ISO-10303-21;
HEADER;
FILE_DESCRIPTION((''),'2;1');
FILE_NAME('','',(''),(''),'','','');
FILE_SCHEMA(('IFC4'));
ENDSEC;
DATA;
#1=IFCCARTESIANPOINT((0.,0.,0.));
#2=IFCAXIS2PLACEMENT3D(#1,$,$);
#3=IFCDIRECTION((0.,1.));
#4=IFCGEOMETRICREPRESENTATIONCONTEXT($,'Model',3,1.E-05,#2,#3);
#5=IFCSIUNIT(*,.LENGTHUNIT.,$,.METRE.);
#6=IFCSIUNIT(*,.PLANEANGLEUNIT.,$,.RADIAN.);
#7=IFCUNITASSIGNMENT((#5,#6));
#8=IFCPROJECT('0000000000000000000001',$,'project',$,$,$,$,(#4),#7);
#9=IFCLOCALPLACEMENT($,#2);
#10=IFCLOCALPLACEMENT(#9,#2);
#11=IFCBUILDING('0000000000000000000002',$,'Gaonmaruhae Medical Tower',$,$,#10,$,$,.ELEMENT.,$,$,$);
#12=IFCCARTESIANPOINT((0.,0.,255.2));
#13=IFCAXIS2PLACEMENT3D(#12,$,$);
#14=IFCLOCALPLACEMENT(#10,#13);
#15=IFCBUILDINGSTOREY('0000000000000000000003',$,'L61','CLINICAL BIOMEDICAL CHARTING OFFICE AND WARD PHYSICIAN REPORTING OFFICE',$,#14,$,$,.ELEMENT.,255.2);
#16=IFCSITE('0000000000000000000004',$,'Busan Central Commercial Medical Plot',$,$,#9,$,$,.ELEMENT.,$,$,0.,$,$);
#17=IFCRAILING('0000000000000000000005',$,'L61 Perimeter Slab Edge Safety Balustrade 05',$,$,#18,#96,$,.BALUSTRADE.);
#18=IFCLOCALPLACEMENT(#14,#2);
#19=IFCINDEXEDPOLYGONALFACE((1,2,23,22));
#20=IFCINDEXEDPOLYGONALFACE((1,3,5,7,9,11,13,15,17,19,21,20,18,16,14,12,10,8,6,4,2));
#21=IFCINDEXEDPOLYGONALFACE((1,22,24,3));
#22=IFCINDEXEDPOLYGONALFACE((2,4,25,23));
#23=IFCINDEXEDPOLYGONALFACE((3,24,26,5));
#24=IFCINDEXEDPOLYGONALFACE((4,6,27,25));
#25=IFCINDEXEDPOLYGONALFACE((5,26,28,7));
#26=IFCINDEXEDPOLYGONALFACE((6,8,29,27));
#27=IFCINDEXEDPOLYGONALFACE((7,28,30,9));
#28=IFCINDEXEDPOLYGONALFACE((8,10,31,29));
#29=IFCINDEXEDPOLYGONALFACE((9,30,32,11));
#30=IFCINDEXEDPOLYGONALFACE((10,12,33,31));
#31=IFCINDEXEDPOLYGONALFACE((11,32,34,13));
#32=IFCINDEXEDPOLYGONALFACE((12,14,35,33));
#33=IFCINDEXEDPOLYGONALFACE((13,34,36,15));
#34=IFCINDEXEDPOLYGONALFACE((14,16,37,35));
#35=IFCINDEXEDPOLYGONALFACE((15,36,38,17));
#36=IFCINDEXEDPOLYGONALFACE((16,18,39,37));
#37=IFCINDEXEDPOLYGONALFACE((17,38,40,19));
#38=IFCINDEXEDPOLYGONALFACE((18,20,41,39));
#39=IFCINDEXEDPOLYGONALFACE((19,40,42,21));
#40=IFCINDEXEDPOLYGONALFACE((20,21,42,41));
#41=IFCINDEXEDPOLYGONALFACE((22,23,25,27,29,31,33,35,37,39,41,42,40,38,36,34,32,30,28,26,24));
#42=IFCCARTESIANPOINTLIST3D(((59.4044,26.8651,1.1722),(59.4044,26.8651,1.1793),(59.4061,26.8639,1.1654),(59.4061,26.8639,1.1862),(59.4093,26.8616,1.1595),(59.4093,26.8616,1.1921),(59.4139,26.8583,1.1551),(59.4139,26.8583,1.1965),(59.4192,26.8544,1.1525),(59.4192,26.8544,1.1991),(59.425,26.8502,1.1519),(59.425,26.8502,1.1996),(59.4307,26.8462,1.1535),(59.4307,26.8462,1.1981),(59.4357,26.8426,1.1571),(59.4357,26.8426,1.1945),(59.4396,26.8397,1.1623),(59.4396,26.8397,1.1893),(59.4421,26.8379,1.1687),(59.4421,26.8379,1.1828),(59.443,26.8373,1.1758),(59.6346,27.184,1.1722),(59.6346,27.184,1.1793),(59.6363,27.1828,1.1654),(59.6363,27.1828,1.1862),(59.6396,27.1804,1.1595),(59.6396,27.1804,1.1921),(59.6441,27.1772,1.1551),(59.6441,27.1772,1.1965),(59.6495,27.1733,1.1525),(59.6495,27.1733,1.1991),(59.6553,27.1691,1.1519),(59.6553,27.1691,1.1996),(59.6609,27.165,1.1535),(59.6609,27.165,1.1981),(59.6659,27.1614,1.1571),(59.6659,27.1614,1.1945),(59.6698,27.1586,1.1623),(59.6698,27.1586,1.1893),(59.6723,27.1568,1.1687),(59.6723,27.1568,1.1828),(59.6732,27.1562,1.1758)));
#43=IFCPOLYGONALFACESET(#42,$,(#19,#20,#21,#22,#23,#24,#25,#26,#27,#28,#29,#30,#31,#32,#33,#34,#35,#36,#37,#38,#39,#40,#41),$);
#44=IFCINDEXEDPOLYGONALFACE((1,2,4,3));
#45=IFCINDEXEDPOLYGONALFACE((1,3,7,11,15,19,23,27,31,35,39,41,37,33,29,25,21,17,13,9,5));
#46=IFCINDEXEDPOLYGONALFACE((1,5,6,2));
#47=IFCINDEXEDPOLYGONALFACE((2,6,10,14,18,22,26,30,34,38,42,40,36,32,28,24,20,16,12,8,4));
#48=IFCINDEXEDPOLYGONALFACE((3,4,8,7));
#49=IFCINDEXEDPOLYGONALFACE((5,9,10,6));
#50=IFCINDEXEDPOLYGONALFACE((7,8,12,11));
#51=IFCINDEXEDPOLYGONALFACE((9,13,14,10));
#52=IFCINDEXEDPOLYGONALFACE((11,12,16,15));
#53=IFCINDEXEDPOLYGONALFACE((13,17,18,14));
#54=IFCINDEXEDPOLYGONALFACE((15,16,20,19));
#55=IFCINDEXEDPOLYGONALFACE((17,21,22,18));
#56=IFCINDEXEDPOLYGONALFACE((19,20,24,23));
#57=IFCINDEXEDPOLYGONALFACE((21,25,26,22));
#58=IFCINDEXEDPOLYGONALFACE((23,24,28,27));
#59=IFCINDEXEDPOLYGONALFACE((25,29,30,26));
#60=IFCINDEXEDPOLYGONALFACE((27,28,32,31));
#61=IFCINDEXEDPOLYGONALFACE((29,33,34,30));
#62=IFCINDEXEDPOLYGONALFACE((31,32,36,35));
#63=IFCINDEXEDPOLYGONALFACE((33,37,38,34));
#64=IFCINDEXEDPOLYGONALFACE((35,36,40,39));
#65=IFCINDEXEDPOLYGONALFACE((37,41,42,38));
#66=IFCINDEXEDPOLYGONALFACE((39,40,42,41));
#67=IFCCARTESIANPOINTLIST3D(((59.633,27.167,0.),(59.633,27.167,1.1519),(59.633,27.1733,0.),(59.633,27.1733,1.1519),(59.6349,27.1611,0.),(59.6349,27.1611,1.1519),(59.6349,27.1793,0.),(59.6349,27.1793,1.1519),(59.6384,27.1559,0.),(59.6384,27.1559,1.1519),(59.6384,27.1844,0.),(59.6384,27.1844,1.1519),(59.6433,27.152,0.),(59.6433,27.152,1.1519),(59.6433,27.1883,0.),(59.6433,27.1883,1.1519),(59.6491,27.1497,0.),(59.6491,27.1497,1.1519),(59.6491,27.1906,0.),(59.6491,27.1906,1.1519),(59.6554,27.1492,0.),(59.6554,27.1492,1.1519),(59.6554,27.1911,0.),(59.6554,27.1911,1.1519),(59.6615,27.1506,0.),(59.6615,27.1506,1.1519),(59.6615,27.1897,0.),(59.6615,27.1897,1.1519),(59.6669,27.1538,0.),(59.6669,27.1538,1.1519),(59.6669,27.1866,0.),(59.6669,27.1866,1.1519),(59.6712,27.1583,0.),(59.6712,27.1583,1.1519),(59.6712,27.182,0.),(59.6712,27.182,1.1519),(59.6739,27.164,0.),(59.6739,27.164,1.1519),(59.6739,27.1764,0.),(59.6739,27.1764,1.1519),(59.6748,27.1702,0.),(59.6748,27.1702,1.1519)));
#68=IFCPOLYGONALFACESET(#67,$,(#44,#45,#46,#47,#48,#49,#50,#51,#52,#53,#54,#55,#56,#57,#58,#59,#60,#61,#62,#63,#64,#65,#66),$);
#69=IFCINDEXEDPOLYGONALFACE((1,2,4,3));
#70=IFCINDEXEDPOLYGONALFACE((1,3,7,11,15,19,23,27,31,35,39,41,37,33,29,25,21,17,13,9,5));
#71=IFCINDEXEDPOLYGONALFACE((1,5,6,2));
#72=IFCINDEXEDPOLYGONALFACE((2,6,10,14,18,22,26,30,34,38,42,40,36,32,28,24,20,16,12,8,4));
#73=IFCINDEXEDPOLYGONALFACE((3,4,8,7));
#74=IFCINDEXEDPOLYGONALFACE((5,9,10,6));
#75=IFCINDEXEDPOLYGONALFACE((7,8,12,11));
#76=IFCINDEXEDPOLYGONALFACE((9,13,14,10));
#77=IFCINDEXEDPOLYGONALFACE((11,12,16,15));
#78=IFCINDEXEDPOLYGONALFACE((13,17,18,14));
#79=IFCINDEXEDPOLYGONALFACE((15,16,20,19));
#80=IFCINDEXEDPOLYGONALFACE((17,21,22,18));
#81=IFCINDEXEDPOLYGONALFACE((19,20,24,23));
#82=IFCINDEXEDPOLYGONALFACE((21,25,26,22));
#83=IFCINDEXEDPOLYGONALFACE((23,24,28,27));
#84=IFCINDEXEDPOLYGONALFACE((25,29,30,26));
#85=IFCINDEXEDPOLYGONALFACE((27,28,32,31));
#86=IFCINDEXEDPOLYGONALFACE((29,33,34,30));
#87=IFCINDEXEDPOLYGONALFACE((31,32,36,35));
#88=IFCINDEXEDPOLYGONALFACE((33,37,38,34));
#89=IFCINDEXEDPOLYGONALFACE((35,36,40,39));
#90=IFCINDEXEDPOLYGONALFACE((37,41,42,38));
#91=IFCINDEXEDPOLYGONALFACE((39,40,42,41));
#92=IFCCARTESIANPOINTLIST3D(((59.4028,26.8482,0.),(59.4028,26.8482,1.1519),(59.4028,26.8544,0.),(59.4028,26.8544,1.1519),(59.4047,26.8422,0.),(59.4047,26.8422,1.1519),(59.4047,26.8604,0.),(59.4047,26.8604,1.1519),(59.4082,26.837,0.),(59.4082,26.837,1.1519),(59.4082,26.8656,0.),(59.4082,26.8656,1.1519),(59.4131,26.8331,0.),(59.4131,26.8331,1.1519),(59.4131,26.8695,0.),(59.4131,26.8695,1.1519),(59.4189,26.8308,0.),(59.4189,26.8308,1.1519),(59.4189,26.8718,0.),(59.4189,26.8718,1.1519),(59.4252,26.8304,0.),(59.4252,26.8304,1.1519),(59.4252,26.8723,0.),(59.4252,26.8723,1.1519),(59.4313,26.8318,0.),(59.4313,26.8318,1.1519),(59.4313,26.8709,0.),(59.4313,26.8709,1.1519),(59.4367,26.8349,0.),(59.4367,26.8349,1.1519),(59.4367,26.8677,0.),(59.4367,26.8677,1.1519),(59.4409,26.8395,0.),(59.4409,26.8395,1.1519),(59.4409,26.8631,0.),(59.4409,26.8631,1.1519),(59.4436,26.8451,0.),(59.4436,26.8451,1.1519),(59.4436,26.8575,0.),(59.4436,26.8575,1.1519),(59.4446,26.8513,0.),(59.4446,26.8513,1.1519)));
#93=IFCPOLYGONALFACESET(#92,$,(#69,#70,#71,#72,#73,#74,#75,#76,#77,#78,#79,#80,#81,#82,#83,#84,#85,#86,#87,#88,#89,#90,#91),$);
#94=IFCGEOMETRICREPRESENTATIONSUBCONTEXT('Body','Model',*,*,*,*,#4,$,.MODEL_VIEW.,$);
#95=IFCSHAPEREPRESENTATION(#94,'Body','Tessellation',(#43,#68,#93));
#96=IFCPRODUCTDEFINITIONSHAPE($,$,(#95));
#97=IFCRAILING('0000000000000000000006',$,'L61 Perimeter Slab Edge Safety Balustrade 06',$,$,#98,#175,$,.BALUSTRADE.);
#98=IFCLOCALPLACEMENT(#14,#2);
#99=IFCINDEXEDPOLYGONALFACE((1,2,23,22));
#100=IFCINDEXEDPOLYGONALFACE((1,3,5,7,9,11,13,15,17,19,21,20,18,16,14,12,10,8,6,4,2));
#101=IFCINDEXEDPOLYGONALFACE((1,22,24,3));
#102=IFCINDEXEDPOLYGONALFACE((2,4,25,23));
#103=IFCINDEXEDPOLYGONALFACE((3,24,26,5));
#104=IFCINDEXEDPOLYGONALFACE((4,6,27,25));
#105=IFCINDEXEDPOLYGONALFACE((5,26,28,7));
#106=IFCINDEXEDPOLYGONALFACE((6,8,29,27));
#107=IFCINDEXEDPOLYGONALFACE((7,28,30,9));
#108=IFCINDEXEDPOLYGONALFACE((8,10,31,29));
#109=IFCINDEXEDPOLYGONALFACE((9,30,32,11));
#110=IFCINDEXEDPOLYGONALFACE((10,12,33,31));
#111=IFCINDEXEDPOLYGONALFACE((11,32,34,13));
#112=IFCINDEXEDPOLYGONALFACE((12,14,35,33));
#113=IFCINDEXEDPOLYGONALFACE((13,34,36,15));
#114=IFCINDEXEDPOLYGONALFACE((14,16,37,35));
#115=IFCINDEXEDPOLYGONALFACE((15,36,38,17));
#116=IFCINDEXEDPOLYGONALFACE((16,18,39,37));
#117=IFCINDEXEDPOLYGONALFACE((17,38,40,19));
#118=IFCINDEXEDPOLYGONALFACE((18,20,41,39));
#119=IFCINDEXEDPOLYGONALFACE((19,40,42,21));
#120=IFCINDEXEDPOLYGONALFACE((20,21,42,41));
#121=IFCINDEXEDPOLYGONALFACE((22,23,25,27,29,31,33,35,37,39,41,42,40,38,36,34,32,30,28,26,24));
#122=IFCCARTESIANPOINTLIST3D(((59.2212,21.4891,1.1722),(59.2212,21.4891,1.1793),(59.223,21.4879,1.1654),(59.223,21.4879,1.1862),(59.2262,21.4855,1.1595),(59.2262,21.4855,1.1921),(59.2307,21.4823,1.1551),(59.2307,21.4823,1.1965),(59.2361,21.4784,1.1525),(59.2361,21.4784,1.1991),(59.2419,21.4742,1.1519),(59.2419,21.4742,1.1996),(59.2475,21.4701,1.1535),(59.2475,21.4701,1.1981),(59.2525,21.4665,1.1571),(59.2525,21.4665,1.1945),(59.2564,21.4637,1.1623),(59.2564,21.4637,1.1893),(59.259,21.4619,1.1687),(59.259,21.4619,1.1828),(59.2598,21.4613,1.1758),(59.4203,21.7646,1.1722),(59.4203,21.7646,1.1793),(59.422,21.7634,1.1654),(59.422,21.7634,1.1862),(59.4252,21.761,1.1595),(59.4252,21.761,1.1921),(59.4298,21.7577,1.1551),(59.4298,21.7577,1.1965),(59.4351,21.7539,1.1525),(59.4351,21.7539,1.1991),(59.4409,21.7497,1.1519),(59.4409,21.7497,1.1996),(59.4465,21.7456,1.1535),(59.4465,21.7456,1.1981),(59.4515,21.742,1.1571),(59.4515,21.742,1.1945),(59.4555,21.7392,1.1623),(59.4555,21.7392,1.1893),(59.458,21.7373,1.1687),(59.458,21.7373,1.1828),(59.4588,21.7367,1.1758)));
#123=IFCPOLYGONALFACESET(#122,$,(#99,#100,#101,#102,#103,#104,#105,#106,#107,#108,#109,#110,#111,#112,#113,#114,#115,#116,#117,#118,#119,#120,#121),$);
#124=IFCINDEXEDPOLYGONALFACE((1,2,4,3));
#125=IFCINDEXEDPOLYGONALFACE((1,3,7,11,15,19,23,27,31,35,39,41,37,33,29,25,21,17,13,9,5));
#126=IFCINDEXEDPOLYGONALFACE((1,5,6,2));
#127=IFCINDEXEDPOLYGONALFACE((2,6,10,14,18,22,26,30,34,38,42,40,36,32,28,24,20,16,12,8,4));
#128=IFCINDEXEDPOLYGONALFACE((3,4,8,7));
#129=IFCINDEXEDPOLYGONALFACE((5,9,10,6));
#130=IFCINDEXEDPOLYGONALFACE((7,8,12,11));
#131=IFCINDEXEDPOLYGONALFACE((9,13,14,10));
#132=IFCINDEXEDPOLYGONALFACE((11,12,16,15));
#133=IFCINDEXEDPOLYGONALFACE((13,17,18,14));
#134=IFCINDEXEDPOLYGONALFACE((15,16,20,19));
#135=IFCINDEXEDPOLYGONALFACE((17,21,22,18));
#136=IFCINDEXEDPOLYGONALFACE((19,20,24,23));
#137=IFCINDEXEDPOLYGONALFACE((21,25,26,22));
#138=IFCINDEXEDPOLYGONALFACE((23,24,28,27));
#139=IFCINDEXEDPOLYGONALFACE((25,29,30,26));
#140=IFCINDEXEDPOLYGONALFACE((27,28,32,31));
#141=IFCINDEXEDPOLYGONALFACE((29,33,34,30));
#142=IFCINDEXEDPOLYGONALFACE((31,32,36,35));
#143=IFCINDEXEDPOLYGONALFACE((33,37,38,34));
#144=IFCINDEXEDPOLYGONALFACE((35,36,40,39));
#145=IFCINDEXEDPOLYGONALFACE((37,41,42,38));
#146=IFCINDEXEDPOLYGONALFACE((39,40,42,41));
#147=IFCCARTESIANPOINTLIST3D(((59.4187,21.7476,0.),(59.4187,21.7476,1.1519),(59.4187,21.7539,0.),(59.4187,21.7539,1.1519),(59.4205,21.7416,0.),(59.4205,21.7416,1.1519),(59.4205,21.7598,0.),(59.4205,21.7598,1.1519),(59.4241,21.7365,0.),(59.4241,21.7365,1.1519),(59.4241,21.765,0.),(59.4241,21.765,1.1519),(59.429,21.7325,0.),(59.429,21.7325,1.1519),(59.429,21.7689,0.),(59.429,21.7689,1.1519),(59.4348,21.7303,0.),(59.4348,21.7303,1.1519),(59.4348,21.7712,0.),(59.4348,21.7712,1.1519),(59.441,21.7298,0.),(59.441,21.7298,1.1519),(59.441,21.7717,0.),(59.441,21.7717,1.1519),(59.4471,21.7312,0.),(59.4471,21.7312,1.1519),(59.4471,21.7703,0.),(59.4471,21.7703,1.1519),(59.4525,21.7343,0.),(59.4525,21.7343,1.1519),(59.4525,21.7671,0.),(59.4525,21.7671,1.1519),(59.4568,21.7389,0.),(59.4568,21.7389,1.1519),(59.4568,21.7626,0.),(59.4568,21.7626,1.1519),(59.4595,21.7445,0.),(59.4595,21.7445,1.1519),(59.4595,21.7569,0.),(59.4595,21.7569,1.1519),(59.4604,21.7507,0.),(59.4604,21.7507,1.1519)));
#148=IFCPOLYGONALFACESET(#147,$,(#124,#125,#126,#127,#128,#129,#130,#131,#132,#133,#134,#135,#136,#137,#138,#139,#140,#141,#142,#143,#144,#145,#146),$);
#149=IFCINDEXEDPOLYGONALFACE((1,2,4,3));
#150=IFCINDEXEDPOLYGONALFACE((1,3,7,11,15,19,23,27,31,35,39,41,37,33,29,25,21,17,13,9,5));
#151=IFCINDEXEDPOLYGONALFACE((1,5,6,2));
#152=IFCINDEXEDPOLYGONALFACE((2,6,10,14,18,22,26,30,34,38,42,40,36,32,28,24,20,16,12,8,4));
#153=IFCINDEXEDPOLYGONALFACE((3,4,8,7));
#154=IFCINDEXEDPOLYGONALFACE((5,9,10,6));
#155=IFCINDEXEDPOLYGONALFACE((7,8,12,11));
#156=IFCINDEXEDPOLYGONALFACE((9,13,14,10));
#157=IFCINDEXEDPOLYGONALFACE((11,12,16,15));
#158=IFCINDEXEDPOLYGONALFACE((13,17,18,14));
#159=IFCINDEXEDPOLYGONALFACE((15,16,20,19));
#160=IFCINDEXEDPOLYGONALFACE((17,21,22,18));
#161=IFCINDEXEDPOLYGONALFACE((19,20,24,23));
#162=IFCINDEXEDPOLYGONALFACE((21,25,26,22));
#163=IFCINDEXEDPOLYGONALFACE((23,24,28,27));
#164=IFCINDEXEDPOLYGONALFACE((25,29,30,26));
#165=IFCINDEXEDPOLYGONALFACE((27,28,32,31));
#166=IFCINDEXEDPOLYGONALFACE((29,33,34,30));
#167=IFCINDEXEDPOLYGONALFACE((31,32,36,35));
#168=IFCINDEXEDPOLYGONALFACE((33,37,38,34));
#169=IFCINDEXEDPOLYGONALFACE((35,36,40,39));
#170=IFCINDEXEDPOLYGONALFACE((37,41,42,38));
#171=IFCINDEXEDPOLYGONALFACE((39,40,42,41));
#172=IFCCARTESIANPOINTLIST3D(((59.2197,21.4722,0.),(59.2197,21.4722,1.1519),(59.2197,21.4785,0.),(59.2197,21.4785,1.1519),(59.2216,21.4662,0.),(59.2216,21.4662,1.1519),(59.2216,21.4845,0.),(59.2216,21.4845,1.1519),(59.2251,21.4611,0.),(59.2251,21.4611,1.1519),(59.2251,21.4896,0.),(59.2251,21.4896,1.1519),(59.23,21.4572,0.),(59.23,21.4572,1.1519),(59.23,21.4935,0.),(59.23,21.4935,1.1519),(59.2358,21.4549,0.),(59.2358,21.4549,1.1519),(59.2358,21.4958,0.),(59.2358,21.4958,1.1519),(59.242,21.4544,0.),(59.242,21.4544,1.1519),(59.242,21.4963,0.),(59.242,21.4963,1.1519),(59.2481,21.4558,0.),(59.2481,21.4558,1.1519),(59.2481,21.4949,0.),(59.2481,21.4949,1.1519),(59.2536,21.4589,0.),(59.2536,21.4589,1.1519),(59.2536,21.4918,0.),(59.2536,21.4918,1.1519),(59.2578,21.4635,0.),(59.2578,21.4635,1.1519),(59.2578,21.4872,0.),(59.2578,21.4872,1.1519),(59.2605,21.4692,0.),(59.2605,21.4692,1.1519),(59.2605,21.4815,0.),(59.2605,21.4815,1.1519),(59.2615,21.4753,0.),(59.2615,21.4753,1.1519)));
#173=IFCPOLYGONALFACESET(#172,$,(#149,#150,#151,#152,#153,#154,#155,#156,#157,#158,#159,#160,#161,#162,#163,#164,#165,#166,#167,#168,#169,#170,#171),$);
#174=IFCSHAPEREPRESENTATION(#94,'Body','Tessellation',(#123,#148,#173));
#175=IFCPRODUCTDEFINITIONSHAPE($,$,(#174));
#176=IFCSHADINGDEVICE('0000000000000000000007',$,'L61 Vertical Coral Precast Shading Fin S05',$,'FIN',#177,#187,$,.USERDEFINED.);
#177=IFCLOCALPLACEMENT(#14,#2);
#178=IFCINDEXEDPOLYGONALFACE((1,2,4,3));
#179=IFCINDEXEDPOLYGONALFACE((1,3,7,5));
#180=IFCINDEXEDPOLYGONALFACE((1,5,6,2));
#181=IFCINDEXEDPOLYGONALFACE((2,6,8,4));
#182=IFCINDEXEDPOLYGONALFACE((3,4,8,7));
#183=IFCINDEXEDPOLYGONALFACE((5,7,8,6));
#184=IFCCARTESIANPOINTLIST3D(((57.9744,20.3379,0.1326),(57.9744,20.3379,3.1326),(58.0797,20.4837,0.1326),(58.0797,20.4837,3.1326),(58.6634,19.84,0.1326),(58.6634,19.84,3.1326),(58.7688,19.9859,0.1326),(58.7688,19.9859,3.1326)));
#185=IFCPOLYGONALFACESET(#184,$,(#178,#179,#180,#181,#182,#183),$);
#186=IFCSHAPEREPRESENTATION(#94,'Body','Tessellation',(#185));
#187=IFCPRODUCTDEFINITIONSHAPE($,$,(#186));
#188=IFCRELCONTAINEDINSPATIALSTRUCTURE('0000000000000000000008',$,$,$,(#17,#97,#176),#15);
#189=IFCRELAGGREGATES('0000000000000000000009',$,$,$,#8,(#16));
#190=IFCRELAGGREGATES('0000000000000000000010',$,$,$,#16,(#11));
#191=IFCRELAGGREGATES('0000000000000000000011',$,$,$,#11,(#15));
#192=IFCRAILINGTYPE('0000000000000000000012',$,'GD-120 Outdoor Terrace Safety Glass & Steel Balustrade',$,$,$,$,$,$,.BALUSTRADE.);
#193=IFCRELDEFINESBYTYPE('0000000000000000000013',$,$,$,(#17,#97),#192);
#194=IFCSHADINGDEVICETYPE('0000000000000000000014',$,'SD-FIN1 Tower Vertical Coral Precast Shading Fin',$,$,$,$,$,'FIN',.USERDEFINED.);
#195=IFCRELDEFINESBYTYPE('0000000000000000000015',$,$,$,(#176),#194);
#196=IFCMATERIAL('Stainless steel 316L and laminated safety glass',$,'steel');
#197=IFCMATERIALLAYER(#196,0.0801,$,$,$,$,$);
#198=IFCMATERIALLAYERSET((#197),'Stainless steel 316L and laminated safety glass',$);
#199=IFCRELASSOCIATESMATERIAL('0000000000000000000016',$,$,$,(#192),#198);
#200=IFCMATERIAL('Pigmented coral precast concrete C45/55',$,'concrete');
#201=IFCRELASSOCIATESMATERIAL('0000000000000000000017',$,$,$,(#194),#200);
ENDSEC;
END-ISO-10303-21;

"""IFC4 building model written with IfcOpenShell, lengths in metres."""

from ifc_helpers import new_model, si_unit, direction, frame, origin, origin_2d, place, context, subcontext, project, spatial, rectangle, circle, extrude, material, layer, layer_set, type_object, element, save


model = new_model("IFC4")

# Units and contexts
model_context = context("Model", 3, precision=1e-05, world=origin(), true_north=direction((0.0, 1.0)))
body_context = subcontext(model_context, "Body", "Model", "MODEL_VIEW")
ifc_project = project(units=[si_unit("LENGTHUNIT", "METRE"), si_unit("PLANEANGLEUNIT", "RADIAN")], contexts=[model_context])

# Site, building, storey
site_placement = place(None, origin())
site = spatial("IfcSite", under=ifc_project, at=site_placement, Name="Busan Central Commercial Medical Plot", CompositionType="ELEMENT", RefElevation=0.0)
building_placement = place(site_placement, origin())
building = spatial("IfcBuilding", under=site, at=building_placement, Name="Gaonmaruhae Medical Tower", CompositionType="ELEMENT")
storey_placement = place(building_placement, frame((0.0, 0.0, 255.2)))
storey = spatial("IfcBuildingStorey", under=building, at=storey_placement, Name="L61", Description="CLINICAL BIOMEDICAL CHARTING OFFICE AND WARD PHYSICIAN REPORTING OFFICE", CompositionType="ELEMENT", Elevation=255.2)

# Railings
ifc_material_1 = material(Name="Stainless steel 316L and laminated safety glass", Category="steel")
ifc_layer_1 = layer(ifc_material_1, 0.0801)
ifc_layer_set_1 = layer_set([ifc_layer_1], Name="Stainless steel 316L and laminated safety glass")
railing_type = type_object("IfcRailingType", Name="GD-120 Outdoor Terrace Safety Glass & Steel Balustrade", PredefinedType="BALUSTRADE", material=ifc_layer_set_1)
railing_1_placement = place(storey_placement, frame((59.6538, 27.1702, 0.0)))
element("IfcRailing", 1, at=railing_1_placement, inside=storey, type_object=railing_type, Name="L61 Perimeter Slab Edge Safety Balustrade 05", PredefinedType="BALUSTRADE", context=body_context, shape_type="SweptSolid", body=[
    extrude(circle(Radius=0.0239, at=origin_2d()), frame((0.0, 0.0, 1.1758), z_axis=(-0.5854, -0.810745, 0.0), x_axis=(0.810745, -0.5854, 0.0)), (0.0, 0.0, 1.0), 0.3933),
    extrude(circle(Radius=0.021, at=origin_2d()), origin(), (0.0, 0.0, 1.0), 1.1519),
    extrude(circle(Radius=0.021, at=origin_2d()), frame((-0.2302, -0.3188, 0.0)), (0.0, 0.0, 1.0), 1.1519),
])
railing_2_placement = place(storey_placement, frame((59.4395, 21.7507, 0.0)))
element("IfcRailing", 2, at=railing_2_placement, inside=storey, type_object=railing_type, Name="L61 Perimeter Slab Edge Safety Balustrade 06", PredefinedType="BALUSTRADE", context=body_context, shape_type="SweptSolid", body=[
    extrude(circle(Radius=0.0239, at=origin_2d()), frame((0.0, 0.0, 1.1758), z_axis=(-0.585648, -0.810566, 0.0), x_axis=(0.810566, -0.585648, 0.0)), (0.0, 0.0, 1.0), 0.3398),
    extrude(circle(Radius=0.021, at=origin_2d()), origin(), (0.0, 0.0, 1.0), 1.1519),
    extrude(circle(Radius=0.021, at=origin_2d()), frame((-0.199, -0.2754, 0.0)), (0.0, 0.0, 1.0), 1.1519),
])

# Shading device
ifc_material_2 = material(Name="Pigmented coral precast concrete C45/55", Category="concrete")
shading_device_type = type_object("IfcShadingDeviceType", Name="SD-FIN1 Tower Vertical Coral Precast Shading Fin", ElementType="FIN", PredefinedType="USERDEFINED", material=ifc_material_2)
shading_device_placement = place(storey_placement, frame((58.3716, 20.1619, 0.1326), z_axis=(0.0, 0.0, 1.0), x_axis=(-0.585665, -0.810553, 0.0)))
element("IfcShadingDevice", 3, at=shading_device_placement, inside=storey, type_object=shading_device_type, Name="L61 Vertical Coral Precast Shading Fin S05", ObjectType="FIN", PredefinedType="USERDEFINED", context=body_context, shape_type="SweptSolid", body=[
    extrude(rectangle(XDim=0.1799, YDim=0.8501, at=origin_2d()), origin(), (0.0, 0.0, 1.0), 3.0),
])

save(model, "model.ifc")
